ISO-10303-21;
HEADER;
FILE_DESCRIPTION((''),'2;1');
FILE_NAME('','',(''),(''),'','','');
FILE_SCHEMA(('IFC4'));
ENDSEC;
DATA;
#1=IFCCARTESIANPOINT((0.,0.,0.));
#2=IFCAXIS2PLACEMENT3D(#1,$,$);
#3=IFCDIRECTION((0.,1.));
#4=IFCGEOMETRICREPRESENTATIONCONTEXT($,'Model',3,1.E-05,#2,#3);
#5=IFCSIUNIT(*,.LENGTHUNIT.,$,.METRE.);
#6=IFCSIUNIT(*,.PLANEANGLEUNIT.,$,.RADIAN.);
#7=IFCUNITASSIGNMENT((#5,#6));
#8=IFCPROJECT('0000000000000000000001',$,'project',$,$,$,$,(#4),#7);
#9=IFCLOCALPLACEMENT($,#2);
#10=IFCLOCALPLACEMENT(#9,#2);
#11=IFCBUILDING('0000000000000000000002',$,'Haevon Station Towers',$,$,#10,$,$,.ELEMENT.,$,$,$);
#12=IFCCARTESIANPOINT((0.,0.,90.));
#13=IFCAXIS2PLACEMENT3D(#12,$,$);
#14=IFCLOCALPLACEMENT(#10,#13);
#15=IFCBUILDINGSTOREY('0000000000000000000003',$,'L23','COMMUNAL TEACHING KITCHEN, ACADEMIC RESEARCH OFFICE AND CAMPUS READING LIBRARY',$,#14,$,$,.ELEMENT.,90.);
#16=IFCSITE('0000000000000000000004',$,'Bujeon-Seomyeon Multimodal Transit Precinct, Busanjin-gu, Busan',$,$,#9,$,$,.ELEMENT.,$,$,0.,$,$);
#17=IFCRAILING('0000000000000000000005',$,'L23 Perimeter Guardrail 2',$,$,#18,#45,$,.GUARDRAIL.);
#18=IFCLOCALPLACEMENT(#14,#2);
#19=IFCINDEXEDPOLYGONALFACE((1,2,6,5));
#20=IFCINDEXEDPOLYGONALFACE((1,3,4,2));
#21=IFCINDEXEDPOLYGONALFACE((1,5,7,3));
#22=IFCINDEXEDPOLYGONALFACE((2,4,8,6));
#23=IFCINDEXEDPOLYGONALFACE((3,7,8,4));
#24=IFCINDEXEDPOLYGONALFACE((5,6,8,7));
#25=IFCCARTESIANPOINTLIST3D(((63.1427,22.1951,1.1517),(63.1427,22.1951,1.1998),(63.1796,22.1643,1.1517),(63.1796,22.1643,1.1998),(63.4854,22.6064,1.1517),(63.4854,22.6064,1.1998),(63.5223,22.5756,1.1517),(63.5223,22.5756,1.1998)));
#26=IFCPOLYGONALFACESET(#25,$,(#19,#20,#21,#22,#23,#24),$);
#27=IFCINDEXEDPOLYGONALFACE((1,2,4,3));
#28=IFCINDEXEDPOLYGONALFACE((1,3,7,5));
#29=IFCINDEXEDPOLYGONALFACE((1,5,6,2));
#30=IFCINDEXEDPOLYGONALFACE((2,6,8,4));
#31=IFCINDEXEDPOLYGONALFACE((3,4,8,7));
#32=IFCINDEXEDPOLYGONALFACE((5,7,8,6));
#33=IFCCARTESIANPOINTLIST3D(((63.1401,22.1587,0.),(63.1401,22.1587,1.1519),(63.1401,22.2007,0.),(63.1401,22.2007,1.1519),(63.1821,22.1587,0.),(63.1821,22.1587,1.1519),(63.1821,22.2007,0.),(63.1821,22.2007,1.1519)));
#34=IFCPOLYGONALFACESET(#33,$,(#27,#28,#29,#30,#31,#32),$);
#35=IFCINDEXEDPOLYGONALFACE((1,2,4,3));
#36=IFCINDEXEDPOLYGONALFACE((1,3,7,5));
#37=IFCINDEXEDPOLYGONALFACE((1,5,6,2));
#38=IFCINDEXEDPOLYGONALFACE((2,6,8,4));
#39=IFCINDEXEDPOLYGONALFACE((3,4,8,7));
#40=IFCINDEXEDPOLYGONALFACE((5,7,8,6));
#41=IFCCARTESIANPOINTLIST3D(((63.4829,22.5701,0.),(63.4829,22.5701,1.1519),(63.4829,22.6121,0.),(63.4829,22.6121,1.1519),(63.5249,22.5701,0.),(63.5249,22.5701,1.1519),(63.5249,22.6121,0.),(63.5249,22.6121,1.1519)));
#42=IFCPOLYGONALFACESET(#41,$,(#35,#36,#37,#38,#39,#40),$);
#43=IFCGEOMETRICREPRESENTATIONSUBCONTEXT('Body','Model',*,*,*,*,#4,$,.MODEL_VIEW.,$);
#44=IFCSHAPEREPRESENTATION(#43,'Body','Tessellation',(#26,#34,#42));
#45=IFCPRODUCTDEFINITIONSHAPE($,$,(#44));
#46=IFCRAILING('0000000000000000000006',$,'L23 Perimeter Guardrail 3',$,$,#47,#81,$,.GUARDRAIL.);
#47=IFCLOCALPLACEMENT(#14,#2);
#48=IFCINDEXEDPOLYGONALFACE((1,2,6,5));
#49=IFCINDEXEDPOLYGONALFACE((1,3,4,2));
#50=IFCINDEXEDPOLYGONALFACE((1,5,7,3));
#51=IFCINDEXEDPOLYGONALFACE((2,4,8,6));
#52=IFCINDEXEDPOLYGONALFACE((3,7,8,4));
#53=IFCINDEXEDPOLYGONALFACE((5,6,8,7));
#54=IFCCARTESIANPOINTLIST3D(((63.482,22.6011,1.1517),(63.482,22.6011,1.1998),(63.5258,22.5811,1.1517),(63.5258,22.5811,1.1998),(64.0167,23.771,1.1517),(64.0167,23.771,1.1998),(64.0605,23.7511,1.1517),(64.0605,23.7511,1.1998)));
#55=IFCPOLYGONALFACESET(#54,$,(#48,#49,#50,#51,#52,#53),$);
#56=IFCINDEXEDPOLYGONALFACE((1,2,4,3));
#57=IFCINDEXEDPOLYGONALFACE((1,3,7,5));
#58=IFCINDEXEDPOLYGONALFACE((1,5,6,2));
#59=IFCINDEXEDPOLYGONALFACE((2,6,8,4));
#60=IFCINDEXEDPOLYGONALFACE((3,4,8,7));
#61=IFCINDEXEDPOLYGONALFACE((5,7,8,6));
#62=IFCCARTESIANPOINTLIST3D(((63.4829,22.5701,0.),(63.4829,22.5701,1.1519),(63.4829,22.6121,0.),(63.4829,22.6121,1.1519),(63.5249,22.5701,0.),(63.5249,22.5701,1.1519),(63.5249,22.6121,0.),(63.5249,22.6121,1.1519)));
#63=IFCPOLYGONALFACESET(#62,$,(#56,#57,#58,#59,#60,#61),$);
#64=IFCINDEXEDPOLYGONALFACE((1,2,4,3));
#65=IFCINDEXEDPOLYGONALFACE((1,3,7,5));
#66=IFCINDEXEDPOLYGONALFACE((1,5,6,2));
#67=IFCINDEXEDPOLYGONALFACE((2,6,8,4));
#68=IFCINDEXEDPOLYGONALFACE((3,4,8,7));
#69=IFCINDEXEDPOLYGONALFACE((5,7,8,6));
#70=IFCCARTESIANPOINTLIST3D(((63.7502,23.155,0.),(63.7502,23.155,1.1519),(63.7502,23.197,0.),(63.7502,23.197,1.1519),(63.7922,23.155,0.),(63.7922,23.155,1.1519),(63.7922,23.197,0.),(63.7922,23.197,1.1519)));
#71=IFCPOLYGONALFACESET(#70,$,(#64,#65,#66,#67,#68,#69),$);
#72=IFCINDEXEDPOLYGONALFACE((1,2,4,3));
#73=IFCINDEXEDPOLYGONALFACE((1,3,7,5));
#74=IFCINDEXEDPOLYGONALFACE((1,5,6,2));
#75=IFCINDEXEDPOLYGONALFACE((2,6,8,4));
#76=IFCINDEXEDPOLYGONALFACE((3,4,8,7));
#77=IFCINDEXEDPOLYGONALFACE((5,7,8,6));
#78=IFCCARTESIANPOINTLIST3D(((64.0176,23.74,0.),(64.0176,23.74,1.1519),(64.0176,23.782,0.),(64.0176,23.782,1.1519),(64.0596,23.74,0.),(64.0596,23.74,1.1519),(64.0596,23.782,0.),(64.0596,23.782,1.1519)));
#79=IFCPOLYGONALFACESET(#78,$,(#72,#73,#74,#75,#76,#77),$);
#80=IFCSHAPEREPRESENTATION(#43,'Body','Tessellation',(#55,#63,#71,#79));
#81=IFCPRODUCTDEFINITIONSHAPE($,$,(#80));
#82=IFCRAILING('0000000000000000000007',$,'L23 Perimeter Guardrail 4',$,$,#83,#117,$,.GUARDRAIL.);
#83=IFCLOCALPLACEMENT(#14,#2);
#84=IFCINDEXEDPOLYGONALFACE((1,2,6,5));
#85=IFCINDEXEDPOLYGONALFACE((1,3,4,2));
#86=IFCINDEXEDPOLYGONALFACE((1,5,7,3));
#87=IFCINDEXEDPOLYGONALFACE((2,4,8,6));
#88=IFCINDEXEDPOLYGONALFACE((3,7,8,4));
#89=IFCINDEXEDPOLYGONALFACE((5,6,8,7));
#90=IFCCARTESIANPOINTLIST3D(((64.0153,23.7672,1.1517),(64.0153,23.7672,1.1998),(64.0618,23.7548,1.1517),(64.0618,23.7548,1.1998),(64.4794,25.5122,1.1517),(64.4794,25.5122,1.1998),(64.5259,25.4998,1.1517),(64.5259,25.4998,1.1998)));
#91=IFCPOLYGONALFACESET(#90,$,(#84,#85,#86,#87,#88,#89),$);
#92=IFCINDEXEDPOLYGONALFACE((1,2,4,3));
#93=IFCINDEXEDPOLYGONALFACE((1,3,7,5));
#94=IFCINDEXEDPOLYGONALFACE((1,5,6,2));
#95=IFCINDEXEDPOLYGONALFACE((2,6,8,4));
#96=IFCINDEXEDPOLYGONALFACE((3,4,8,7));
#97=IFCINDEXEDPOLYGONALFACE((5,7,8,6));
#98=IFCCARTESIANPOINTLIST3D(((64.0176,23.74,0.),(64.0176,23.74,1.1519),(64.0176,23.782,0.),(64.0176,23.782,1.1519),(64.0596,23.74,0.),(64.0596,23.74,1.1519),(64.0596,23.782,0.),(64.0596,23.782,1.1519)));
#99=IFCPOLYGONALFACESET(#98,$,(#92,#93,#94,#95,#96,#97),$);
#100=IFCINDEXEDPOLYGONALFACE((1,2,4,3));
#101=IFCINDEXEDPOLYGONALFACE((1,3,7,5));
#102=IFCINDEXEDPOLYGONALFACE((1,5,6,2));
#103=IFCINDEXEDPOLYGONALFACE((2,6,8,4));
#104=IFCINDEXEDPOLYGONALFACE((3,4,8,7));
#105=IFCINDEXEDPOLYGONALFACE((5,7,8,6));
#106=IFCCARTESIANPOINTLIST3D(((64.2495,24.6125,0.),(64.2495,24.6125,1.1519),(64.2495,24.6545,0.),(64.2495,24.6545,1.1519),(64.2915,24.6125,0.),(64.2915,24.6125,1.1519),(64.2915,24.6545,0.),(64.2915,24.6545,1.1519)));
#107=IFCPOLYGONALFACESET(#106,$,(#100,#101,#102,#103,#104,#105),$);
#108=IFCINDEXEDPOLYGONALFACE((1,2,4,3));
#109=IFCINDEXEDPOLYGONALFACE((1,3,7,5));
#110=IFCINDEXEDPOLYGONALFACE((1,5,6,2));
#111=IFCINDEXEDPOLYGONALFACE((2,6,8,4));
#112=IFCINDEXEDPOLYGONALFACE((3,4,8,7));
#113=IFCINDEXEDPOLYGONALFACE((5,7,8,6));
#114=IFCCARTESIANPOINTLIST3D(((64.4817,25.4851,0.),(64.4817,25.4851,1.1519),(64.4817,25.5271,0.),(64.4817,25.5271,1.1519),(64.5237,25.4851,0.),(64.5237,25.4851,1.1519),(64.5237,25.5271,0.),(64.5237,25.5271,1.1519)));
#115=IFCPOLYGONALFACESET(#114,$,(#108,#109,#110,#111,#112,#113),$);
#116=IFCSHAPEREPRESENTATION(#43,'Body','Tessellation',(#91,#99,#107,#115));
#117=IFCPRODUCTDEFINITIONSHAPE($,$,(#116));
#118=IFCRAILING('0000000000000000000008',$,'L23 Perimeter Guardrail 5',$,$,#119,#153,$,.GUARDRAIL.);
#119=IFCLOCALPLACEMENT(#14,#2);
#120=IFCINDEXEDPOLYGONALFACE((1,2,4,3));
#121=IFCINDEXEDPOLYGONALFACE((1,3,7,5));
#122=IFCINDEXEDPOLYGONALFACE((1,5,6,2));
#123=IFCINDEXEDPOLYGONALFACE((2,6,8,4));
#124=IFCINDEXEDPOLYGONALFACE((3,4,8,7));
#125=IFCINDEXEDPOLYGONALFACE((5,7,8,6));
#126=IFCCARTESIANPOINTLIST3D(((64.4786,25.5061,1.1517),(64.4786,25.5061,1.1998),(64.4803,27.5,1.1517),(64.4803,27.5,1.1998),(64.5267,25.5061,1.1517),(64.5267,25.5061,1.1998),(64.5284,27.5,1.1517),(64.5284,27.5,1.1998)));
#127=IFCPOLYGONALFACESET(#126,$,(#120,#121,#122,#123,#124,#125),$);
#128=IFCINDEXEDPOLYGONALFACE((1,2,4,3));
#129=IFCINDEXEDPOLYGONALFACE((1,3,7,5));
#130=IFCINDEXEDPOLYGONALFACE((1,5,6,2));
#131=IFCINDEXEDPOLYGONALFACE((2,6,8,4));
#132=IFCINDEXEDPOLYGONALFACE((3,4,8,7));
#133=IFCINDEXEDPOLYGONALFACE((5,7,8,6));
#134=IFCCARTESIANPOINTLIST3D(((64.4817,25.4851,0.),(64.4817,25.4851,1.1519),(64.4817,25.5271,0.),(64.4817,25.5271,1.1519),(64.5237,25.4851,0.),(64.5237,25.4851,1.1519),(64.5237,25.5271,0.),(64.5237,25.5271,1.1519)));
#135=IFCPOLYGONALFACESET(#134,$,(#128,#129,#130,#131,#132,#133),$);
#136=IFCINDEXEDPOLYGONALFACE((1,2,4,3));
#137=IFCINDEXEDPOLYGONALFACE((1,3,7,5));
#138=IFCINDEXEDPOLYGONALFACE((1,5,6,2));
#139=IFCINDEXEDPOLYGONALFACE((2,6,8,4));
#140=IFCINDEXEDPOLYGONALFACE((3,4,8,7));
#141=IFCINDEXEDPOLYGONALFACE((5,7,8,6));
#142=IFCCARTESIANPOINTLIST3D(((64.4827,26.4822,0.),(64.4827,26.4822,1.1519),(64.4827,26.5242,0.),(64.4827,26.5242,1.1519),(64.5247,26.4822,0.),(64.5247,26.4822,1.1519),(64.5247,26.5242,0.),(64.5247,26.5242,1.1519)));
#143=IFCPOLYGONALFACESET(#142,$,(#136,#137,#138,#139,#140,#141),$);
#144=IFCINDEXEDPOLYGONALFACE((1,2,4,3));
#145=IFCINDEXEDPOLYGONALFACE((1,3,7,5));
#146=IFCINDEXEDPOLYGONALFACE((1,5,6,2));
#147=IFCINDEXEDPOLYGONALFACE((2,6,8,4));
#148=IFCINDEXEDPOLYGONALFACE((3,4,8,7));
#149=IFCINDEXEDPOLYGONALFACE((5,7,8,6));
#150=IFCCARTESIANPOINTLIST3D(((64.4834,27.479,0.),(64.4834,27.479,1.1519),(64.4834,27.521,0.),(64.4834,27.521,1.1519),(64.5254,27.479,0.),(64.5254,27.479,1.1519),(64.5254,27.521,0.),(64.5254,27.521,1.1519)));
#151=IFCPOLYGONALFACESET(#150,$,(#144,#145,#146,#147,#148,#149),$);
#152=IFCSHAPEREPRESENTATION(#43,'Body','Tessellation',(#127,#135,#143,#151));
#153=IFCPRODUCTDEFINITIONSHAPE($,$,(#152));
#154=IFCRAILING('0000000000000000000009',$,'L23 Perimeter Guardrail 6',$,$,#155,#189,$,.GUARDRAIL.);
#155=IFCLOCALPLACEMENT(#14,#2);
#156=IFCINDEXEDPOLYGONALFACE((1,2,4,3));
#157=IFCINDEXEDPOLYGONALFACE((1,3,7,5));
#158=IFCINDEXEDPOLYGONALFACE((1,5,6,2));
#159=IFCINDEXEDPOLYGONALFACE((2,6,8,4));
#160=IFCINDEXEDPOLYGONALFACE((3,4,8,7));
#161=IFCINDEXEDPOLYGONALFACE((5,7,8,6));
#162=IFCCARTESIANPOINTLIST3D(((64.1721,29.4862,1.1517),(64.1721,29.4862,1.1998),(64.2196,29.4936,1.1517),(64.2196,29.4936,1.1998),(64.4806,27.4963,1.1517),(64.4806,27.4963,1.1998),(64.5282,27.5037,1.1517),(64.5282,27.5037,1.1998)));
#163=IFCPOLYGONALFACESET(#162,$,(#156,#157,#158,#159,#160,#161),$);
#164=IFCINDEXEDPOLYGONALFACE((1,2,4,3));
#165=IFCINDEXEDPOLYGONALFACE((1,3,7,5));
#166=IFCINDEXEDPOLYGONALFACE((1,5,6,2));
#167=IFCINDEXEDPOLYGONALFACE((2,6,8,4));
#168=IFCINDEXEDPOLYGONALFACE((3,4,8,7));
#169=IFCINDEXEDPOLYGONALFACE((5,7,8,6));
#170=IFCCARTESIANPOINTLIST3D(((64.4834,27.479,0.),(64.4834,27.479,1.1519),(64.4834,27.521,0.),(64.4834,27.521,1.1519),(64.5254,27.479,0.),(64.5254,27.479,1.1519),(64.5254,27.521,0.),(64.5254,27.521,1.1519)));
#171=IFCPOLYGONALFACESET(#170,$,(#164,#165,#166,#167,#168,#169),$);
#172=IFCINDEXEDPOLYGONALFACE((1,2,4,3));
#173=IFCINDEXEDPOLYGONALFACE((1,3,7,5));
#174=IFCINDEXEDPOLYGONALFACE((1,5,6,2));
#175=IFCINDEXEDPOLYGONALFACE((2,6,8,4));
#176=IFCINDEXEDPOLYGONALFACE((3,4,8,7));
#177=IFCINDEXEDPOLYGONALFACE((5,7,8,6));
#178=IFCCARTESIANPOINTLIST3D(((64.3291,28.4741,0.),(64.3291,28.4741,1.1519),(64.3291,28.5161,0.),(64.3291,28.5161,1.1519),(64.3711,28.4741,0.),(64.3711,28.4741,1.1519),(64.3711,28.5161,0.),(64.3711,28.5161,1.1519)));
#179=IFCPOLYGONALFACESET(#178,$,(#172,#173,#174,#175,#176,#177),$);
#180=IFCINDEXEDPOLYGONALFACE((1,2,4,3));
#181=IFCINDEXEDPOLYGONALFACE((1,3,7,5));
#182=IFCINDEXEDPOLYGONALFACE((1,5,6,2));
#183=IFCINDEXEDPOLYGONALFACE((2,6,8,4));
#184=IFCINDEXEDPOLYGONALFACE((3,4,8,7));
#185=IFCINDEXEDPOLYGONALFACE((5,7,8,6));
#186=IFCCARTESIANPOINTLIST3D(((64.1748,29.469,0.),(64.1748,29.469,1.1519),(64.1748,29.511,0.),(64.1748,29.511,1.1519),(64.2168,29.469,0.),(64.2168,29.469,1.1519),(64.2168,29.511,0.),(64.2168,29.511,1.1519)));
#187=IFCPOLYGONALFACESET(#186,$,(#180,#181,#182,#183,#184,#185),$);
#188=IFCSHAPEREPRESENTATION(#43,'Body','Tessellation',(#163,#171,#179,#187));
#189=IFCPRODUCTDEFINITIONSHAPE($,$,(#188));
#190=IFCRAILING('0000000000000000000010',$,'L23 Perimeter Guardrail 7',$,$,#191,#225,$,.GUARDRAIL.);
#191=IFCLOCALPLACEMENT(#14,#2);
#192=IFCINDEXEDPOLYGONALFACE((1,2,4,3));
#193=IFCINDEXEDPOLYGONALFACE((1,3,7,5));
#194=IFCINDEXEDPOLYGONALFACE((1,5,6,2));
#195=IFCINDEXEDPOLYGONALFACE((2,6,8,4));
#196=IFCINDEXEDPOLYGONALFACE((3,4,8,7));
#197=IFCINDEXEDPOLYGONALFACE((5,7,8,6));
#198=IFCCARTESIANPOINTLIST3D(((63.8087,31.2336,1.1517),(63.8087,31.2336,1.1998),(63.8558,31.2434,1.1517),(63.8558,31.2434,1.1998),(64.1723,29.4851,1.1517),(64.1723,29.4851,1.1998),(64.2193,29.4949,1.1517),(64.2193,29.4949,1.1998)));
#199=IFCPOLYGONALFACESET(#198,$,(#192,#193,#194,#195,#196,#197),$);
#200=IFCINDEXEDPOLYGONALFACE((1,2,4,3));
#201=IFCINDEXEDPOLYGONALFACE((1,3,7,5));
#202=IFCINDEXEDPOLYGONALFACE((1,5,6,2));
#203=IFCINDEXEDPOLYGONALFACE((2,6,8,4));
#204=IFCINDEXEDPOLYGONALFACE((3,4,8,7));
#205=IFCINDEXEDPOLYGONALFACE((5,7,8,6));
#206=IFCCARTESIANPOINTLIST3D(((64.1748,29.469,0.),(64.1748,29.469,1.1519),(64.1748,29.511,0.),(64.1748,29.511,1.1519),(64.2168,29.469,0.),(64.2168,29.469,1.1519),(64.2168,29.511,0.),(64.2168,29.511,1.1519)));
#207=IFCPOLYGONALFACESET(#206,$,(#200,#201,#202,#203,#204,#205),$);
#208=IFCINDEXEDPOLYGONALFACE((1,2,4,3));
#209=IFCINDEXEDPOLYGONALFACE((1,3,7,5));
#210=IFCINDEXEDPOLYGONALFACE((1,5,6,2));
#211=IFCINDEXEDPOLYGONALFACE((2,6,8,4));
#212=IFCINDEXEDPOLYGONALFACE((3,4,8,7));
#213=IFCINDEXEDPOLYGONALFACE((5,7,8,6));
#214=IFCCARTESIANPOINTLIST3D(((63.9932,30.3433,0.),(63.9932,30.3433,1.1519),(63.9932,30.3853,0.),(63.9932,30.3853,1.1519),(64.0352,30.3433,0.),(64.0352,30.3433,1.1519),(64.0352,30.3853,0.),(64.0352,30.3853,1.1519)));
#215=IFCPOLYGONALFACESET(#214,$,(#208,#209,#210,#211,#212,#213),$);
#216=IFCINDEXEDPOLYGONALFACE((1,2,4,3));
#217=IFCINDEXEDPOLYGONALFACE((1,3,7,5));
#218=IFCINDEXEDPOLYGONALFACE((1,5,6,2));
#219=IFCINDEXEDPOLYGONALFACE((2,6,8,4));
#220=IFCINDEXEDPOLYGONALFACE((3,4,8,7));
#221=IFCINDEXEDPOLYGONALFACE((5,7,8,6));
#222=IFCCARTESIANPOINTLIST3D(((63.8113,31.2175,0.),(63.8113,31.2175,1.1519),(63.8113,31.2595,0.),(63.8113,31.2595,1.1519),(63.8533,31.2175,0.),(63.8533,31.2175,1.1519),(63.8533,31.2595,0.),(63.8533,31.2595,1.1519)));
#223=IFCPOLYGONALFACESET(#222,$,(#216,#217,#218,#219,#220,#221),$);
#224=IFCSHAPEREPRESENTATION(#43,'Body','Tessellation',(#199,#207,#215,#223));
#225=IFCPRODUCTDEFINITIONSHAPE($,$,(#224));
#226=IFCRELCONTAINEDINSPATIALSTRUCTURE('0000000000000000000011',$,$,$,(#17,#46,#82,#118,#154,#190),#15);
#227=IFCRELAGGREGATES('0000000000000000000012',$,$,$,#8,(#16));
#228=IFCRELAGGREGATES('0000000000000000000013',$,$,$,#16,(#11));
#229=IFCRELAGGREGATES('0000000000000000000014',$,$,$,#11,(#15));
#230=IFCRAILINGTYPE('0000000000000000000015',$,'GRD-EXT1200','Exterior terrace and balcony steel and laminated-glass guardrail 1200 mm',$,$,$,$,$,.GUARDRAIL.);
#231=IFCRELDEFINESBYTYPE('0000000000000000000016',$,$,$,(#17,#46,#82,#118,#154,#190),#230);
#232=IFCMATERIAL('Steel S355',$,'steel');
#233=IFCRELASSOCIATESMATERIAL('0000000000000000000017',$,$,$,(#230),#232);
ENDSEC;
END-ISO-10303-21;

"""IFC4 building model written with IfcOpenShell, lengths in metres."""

from ifc_helpers import new_model, si_unit, direction, frame, origin, origin_2d, place, context, subcontext, project, spatial, rectangle, extrude, material, type_object, element, save


model = new_model("IFC4")

# Units and contexts
model_context = context("Model", 3, precision=1e-05, world=origin(), true_north=direction((0.0, 1.0)))
body_context = subcontext(model_context, "Body", "Model", "MODEL_VIEW")
ifc_project = project(units=[si_unit("LENGTHUNIT", "METRE"), si_unit("PLANEANGLEUNIT", "RADIAN")], contexts=[model_context])

# Site, building, storey
site_placement = place(None, origin())
site = spatial("IfcSite", under=ifc_project, at=site_placement, Name="Bujeon-Seomyeon Multimodal Transit Precinct, Busanjin-gu, Busan", CompositionType="ELEMENT", RefElevation=0.0)
building_placement = place(site_placement, origin())
building = spatial("IfcBuilding", under=site, at=building_placement, Name="Haevon Station Towers", CompositionType="ELEMENT")
storey_placement = place(building_placement, frame((0.0, 0.0, 90.0)))
storey = spatial("IfcBuildingStorey", under=building, at=storey_placement, Name="L23", Description="COMMUNAL TEACHING KITCHEN, ACADEMIC RESEARCH OFFICE AND CAMPUS READING LIBRARY", CompositionType="ELEMENT", Elevation=90.0)

# Railings
ifc_material_1 = material(Name="Steel S355", Category="steel")
railing_type = type_object("IfcRailingType", Name="GRD-EXT1200", Description="Exterior terrace and balcony steel and laminated-glass guardrail 1200 mm", PredefinedType="GUARDRAIL", material=ifc_material_1)
railing_1_placement = place(storey_placement, frame((63.1611, 22.1797, 0.0)))
element("IfcRailing", 1, at=railing_1_placement, inside=storey, type_object=railing_type, Name="L23 Perimeter Guardrail 2", PredefinedType="GUARDRAIL", context=body_context, shape_type="SweptSolid", body=[
    extrude(rectangle(XDim=0.0481, YDim=0.0481, at=origin_2d()), frame((0.0, 0.0, 1.1758), z_axis=(0.64014, 0.768259, 0.0), x_axis=(-0.768259, 0.64014, 0.0)), (0.0, 0.0, 1.0), 0.5354),
    extrude(rectangle(XDim=0.042, YDim=0.042, at=origin_2d()), origin(), (0.0, 0.0, 1.0), 1.1519),
    extrude(rectangle(XDim=0.042, YDim=0.042, at=origin_2d()), frame((0.3428, 0.4114, 0.0)), (0.0, 0.0, 1.0), 1.1519),
])
railing_2_placement = place(storey_placement, frame((63.5039, 22.5911, 0.0)))
element("IfcRailing", 2, at=railing_2_placement, inside=storey, type_object=railing_type, Name="L23 Perimeter Guardrail 3", PredefinedType="GUARDRAIL", context=body_context, shape_type="SweptSolid", body=[
    extrude(rectangle(XDim=0.0481, YDim=0.0481, at=origin_2d()), frame((0.0, 0.0, 1.1758), z_axis=(0.415661, 0.90952, 0.0), x_axis=(-0.90952, 0.415661, 0.0)), (0.0, 0.0, 1.0), 1.2864),
    extrude(rectangle(XDim=0.042, YDim=0.042, at=origin_2d()), origin(), (0.0, 0.0, 1.0), 1.1519),
    extrude(rectangle(XDim=0.042, YDim=0.042, at=origin_2d()), frame((0.2673, 0.585, 0.0)), (0.0, 0.0, 1.0), 1.1519),
    extrude(rectangle(XDim=0.042, YDim=0.042, at=origin_2d()), frame((0.5347, 1.1699, 0.0)), (0.0, 0.0, 1.0), 1.1519),
])
railing_3_placement = place(storey_placement, frame((64.0386, 23.761, 0.0)))
element("IfcRailing", 3, at=railing_3_placement, inside=storey, type_object=railing_type, Name="L23 Perimeter Guardrail 4", PredefinedType="GUARDRAIL", context=body_context, shape_type="SweptSolid", body=[
    extrude(rectangle(XDim=0.0481, YDim=0.0481, at=origin_2d()), frame((0.0, 0.0, 1.1758), z_axis=(0.257015, 0.966408, 0.0), x_axis=(-0.966408, 0.257015, 0.0)), (0.0, 0.0, 1.0), 1.8057),
    extrude(rectangle(XDim=0.042, YDim=0.042, at=origin_2d()), origin(), (0.0, 0.0, 1.0), 1.1519),
    extrude(rectangle(XDim=0.042, YDim=0.042, at=origin_2d()), frame((0.2319, 0.8726, 0.0)), (0.0, 0.0, 1.0), 1.1519),
    extrude(rectangle(XDim=0.042, YDim=0.042, at=origin_2d()), frame((0.4641, 1.7451, 0.0)), (0.0, 0.0, 1.0), 1.1519),
])
railing_4_placement = place(storey_placement, frame((64.5027, 25.5061, 0.0)))
element("IfcRailing", 4, at=railing_4_placement, inside=storey, type_object=railing_type, Name="L23 Perimeter Guardrail 5", PredefinedType="GUARDRAIL", context=body_context, shape_type="SweptSolid", body=[
    extrude(rectangle(XDim=0.0481, YDim=0.0481, at=origin_2d()), frame((0.0, 0.0, 1.1758), z_axis=(0.000857, 1.0, 0.0), x_axis=(-1.0, 0.000857, 0.0)), (0.0, 0.0, 1.0), 1.9939),
    extrude(rectangle(XDim=0.042, YDim=0.042, at=origin_2d()), origin(), (0.0, 0.0, 1.0), 1.1519),
    extrude(rectangle(XDim=0.042, YDim=0.042, at=origin_2d()), frame((0.001, 0.9971, 0.0)), (0.0, 0.0, 1.0), 1.1519),
    extrude(rectangle(XDim=0.042, YDim=0.042, at=origin_2d()), frame((0.0017, 1.9939, 0.0)), (0.0, 0.0, 1.0), 1.1519),
])
railing_5_placement = place(storey_placement, frame((64.5044, 27.5, 0.0)))
element("IfcRailing", 5, at=railing_5_placement, inside=storey, type_object=railing_type, Name="L23 Perimeter Guardrail 6", PredefinedType="GUARDRAIL", context=body_context, shape_type="SweptSolid", body=[
    extrude(rectangle(XDim=0.0481, YDim=0.0481, at=origin_2d()), frame((0.0, 0.0, 1.1758), z_axis=(-0.153241, 0.988189, 0.0), x_axis=(-0.988189, -0.153241, 0.0)), (0.0, 0.0, 1.0), 2.0137),
    extrude(rectangle(XDim=0.042, YDim=0.042, at=origin_2d()), origin(), (0.0, 0.0, 1.0), 1.1519),
    extrude(rectangle(XDim=0.042, YDim=0.042, at=origin_2d()), frame((-0.1543, 0.9951, 0.0)), (0.0, 0.0, 1.0), 1.1519),
    extrude(rectangle(XDim=0.042, YDim=0.042, at=origin_2d()), frame((-0.3086, 1.99, 0.0)), (0.0, 0.0, 1.0), 1.1519),
])
railing_6_placement = place(storey_placement, frame((64.1958, 29.49, 0.0)))
element("IfcRailing", 6, at=railing_6_placement, inside=storey, type_object=railing_type, Name="L23 Perimeter Guardrail 7", PredefinedType="GUARDRAIL", context=body_context, shape_type="SweptSolid", body=[
    extrude(rectangle(XDim=0.0481, YDim=0.0481, at=origin_2d()), frame((0.0, 0.0, 1.1758), z_axis=(-0.20355, 0.979064, 0.0), x_axis=(-0.979064, -0.20355, 0.0)), (0.0, 0.0, 1.0), 1.7859),
    extrude(rectangle(XDim=0.042, YDim=0.042, at=origin_2d()), origin(), (0.0, 0.0, 1.0), 1.1519),
    extrude(rectangle(XDim=0.042, YDim=0.042, at=origin_2d()), frame((-0.1816, 0.8743, 0.0)), (0.0, 0.0, 1.0), 1.1519),
    extrude(rectangle(XDim=0.042, YDim=0.042, at=origin_2d()), frame((-0.3635, 1.7485, 0.0)), (0.0, 0.0, 1.0), 1.1519),
])

save(model, "model.ifc")
